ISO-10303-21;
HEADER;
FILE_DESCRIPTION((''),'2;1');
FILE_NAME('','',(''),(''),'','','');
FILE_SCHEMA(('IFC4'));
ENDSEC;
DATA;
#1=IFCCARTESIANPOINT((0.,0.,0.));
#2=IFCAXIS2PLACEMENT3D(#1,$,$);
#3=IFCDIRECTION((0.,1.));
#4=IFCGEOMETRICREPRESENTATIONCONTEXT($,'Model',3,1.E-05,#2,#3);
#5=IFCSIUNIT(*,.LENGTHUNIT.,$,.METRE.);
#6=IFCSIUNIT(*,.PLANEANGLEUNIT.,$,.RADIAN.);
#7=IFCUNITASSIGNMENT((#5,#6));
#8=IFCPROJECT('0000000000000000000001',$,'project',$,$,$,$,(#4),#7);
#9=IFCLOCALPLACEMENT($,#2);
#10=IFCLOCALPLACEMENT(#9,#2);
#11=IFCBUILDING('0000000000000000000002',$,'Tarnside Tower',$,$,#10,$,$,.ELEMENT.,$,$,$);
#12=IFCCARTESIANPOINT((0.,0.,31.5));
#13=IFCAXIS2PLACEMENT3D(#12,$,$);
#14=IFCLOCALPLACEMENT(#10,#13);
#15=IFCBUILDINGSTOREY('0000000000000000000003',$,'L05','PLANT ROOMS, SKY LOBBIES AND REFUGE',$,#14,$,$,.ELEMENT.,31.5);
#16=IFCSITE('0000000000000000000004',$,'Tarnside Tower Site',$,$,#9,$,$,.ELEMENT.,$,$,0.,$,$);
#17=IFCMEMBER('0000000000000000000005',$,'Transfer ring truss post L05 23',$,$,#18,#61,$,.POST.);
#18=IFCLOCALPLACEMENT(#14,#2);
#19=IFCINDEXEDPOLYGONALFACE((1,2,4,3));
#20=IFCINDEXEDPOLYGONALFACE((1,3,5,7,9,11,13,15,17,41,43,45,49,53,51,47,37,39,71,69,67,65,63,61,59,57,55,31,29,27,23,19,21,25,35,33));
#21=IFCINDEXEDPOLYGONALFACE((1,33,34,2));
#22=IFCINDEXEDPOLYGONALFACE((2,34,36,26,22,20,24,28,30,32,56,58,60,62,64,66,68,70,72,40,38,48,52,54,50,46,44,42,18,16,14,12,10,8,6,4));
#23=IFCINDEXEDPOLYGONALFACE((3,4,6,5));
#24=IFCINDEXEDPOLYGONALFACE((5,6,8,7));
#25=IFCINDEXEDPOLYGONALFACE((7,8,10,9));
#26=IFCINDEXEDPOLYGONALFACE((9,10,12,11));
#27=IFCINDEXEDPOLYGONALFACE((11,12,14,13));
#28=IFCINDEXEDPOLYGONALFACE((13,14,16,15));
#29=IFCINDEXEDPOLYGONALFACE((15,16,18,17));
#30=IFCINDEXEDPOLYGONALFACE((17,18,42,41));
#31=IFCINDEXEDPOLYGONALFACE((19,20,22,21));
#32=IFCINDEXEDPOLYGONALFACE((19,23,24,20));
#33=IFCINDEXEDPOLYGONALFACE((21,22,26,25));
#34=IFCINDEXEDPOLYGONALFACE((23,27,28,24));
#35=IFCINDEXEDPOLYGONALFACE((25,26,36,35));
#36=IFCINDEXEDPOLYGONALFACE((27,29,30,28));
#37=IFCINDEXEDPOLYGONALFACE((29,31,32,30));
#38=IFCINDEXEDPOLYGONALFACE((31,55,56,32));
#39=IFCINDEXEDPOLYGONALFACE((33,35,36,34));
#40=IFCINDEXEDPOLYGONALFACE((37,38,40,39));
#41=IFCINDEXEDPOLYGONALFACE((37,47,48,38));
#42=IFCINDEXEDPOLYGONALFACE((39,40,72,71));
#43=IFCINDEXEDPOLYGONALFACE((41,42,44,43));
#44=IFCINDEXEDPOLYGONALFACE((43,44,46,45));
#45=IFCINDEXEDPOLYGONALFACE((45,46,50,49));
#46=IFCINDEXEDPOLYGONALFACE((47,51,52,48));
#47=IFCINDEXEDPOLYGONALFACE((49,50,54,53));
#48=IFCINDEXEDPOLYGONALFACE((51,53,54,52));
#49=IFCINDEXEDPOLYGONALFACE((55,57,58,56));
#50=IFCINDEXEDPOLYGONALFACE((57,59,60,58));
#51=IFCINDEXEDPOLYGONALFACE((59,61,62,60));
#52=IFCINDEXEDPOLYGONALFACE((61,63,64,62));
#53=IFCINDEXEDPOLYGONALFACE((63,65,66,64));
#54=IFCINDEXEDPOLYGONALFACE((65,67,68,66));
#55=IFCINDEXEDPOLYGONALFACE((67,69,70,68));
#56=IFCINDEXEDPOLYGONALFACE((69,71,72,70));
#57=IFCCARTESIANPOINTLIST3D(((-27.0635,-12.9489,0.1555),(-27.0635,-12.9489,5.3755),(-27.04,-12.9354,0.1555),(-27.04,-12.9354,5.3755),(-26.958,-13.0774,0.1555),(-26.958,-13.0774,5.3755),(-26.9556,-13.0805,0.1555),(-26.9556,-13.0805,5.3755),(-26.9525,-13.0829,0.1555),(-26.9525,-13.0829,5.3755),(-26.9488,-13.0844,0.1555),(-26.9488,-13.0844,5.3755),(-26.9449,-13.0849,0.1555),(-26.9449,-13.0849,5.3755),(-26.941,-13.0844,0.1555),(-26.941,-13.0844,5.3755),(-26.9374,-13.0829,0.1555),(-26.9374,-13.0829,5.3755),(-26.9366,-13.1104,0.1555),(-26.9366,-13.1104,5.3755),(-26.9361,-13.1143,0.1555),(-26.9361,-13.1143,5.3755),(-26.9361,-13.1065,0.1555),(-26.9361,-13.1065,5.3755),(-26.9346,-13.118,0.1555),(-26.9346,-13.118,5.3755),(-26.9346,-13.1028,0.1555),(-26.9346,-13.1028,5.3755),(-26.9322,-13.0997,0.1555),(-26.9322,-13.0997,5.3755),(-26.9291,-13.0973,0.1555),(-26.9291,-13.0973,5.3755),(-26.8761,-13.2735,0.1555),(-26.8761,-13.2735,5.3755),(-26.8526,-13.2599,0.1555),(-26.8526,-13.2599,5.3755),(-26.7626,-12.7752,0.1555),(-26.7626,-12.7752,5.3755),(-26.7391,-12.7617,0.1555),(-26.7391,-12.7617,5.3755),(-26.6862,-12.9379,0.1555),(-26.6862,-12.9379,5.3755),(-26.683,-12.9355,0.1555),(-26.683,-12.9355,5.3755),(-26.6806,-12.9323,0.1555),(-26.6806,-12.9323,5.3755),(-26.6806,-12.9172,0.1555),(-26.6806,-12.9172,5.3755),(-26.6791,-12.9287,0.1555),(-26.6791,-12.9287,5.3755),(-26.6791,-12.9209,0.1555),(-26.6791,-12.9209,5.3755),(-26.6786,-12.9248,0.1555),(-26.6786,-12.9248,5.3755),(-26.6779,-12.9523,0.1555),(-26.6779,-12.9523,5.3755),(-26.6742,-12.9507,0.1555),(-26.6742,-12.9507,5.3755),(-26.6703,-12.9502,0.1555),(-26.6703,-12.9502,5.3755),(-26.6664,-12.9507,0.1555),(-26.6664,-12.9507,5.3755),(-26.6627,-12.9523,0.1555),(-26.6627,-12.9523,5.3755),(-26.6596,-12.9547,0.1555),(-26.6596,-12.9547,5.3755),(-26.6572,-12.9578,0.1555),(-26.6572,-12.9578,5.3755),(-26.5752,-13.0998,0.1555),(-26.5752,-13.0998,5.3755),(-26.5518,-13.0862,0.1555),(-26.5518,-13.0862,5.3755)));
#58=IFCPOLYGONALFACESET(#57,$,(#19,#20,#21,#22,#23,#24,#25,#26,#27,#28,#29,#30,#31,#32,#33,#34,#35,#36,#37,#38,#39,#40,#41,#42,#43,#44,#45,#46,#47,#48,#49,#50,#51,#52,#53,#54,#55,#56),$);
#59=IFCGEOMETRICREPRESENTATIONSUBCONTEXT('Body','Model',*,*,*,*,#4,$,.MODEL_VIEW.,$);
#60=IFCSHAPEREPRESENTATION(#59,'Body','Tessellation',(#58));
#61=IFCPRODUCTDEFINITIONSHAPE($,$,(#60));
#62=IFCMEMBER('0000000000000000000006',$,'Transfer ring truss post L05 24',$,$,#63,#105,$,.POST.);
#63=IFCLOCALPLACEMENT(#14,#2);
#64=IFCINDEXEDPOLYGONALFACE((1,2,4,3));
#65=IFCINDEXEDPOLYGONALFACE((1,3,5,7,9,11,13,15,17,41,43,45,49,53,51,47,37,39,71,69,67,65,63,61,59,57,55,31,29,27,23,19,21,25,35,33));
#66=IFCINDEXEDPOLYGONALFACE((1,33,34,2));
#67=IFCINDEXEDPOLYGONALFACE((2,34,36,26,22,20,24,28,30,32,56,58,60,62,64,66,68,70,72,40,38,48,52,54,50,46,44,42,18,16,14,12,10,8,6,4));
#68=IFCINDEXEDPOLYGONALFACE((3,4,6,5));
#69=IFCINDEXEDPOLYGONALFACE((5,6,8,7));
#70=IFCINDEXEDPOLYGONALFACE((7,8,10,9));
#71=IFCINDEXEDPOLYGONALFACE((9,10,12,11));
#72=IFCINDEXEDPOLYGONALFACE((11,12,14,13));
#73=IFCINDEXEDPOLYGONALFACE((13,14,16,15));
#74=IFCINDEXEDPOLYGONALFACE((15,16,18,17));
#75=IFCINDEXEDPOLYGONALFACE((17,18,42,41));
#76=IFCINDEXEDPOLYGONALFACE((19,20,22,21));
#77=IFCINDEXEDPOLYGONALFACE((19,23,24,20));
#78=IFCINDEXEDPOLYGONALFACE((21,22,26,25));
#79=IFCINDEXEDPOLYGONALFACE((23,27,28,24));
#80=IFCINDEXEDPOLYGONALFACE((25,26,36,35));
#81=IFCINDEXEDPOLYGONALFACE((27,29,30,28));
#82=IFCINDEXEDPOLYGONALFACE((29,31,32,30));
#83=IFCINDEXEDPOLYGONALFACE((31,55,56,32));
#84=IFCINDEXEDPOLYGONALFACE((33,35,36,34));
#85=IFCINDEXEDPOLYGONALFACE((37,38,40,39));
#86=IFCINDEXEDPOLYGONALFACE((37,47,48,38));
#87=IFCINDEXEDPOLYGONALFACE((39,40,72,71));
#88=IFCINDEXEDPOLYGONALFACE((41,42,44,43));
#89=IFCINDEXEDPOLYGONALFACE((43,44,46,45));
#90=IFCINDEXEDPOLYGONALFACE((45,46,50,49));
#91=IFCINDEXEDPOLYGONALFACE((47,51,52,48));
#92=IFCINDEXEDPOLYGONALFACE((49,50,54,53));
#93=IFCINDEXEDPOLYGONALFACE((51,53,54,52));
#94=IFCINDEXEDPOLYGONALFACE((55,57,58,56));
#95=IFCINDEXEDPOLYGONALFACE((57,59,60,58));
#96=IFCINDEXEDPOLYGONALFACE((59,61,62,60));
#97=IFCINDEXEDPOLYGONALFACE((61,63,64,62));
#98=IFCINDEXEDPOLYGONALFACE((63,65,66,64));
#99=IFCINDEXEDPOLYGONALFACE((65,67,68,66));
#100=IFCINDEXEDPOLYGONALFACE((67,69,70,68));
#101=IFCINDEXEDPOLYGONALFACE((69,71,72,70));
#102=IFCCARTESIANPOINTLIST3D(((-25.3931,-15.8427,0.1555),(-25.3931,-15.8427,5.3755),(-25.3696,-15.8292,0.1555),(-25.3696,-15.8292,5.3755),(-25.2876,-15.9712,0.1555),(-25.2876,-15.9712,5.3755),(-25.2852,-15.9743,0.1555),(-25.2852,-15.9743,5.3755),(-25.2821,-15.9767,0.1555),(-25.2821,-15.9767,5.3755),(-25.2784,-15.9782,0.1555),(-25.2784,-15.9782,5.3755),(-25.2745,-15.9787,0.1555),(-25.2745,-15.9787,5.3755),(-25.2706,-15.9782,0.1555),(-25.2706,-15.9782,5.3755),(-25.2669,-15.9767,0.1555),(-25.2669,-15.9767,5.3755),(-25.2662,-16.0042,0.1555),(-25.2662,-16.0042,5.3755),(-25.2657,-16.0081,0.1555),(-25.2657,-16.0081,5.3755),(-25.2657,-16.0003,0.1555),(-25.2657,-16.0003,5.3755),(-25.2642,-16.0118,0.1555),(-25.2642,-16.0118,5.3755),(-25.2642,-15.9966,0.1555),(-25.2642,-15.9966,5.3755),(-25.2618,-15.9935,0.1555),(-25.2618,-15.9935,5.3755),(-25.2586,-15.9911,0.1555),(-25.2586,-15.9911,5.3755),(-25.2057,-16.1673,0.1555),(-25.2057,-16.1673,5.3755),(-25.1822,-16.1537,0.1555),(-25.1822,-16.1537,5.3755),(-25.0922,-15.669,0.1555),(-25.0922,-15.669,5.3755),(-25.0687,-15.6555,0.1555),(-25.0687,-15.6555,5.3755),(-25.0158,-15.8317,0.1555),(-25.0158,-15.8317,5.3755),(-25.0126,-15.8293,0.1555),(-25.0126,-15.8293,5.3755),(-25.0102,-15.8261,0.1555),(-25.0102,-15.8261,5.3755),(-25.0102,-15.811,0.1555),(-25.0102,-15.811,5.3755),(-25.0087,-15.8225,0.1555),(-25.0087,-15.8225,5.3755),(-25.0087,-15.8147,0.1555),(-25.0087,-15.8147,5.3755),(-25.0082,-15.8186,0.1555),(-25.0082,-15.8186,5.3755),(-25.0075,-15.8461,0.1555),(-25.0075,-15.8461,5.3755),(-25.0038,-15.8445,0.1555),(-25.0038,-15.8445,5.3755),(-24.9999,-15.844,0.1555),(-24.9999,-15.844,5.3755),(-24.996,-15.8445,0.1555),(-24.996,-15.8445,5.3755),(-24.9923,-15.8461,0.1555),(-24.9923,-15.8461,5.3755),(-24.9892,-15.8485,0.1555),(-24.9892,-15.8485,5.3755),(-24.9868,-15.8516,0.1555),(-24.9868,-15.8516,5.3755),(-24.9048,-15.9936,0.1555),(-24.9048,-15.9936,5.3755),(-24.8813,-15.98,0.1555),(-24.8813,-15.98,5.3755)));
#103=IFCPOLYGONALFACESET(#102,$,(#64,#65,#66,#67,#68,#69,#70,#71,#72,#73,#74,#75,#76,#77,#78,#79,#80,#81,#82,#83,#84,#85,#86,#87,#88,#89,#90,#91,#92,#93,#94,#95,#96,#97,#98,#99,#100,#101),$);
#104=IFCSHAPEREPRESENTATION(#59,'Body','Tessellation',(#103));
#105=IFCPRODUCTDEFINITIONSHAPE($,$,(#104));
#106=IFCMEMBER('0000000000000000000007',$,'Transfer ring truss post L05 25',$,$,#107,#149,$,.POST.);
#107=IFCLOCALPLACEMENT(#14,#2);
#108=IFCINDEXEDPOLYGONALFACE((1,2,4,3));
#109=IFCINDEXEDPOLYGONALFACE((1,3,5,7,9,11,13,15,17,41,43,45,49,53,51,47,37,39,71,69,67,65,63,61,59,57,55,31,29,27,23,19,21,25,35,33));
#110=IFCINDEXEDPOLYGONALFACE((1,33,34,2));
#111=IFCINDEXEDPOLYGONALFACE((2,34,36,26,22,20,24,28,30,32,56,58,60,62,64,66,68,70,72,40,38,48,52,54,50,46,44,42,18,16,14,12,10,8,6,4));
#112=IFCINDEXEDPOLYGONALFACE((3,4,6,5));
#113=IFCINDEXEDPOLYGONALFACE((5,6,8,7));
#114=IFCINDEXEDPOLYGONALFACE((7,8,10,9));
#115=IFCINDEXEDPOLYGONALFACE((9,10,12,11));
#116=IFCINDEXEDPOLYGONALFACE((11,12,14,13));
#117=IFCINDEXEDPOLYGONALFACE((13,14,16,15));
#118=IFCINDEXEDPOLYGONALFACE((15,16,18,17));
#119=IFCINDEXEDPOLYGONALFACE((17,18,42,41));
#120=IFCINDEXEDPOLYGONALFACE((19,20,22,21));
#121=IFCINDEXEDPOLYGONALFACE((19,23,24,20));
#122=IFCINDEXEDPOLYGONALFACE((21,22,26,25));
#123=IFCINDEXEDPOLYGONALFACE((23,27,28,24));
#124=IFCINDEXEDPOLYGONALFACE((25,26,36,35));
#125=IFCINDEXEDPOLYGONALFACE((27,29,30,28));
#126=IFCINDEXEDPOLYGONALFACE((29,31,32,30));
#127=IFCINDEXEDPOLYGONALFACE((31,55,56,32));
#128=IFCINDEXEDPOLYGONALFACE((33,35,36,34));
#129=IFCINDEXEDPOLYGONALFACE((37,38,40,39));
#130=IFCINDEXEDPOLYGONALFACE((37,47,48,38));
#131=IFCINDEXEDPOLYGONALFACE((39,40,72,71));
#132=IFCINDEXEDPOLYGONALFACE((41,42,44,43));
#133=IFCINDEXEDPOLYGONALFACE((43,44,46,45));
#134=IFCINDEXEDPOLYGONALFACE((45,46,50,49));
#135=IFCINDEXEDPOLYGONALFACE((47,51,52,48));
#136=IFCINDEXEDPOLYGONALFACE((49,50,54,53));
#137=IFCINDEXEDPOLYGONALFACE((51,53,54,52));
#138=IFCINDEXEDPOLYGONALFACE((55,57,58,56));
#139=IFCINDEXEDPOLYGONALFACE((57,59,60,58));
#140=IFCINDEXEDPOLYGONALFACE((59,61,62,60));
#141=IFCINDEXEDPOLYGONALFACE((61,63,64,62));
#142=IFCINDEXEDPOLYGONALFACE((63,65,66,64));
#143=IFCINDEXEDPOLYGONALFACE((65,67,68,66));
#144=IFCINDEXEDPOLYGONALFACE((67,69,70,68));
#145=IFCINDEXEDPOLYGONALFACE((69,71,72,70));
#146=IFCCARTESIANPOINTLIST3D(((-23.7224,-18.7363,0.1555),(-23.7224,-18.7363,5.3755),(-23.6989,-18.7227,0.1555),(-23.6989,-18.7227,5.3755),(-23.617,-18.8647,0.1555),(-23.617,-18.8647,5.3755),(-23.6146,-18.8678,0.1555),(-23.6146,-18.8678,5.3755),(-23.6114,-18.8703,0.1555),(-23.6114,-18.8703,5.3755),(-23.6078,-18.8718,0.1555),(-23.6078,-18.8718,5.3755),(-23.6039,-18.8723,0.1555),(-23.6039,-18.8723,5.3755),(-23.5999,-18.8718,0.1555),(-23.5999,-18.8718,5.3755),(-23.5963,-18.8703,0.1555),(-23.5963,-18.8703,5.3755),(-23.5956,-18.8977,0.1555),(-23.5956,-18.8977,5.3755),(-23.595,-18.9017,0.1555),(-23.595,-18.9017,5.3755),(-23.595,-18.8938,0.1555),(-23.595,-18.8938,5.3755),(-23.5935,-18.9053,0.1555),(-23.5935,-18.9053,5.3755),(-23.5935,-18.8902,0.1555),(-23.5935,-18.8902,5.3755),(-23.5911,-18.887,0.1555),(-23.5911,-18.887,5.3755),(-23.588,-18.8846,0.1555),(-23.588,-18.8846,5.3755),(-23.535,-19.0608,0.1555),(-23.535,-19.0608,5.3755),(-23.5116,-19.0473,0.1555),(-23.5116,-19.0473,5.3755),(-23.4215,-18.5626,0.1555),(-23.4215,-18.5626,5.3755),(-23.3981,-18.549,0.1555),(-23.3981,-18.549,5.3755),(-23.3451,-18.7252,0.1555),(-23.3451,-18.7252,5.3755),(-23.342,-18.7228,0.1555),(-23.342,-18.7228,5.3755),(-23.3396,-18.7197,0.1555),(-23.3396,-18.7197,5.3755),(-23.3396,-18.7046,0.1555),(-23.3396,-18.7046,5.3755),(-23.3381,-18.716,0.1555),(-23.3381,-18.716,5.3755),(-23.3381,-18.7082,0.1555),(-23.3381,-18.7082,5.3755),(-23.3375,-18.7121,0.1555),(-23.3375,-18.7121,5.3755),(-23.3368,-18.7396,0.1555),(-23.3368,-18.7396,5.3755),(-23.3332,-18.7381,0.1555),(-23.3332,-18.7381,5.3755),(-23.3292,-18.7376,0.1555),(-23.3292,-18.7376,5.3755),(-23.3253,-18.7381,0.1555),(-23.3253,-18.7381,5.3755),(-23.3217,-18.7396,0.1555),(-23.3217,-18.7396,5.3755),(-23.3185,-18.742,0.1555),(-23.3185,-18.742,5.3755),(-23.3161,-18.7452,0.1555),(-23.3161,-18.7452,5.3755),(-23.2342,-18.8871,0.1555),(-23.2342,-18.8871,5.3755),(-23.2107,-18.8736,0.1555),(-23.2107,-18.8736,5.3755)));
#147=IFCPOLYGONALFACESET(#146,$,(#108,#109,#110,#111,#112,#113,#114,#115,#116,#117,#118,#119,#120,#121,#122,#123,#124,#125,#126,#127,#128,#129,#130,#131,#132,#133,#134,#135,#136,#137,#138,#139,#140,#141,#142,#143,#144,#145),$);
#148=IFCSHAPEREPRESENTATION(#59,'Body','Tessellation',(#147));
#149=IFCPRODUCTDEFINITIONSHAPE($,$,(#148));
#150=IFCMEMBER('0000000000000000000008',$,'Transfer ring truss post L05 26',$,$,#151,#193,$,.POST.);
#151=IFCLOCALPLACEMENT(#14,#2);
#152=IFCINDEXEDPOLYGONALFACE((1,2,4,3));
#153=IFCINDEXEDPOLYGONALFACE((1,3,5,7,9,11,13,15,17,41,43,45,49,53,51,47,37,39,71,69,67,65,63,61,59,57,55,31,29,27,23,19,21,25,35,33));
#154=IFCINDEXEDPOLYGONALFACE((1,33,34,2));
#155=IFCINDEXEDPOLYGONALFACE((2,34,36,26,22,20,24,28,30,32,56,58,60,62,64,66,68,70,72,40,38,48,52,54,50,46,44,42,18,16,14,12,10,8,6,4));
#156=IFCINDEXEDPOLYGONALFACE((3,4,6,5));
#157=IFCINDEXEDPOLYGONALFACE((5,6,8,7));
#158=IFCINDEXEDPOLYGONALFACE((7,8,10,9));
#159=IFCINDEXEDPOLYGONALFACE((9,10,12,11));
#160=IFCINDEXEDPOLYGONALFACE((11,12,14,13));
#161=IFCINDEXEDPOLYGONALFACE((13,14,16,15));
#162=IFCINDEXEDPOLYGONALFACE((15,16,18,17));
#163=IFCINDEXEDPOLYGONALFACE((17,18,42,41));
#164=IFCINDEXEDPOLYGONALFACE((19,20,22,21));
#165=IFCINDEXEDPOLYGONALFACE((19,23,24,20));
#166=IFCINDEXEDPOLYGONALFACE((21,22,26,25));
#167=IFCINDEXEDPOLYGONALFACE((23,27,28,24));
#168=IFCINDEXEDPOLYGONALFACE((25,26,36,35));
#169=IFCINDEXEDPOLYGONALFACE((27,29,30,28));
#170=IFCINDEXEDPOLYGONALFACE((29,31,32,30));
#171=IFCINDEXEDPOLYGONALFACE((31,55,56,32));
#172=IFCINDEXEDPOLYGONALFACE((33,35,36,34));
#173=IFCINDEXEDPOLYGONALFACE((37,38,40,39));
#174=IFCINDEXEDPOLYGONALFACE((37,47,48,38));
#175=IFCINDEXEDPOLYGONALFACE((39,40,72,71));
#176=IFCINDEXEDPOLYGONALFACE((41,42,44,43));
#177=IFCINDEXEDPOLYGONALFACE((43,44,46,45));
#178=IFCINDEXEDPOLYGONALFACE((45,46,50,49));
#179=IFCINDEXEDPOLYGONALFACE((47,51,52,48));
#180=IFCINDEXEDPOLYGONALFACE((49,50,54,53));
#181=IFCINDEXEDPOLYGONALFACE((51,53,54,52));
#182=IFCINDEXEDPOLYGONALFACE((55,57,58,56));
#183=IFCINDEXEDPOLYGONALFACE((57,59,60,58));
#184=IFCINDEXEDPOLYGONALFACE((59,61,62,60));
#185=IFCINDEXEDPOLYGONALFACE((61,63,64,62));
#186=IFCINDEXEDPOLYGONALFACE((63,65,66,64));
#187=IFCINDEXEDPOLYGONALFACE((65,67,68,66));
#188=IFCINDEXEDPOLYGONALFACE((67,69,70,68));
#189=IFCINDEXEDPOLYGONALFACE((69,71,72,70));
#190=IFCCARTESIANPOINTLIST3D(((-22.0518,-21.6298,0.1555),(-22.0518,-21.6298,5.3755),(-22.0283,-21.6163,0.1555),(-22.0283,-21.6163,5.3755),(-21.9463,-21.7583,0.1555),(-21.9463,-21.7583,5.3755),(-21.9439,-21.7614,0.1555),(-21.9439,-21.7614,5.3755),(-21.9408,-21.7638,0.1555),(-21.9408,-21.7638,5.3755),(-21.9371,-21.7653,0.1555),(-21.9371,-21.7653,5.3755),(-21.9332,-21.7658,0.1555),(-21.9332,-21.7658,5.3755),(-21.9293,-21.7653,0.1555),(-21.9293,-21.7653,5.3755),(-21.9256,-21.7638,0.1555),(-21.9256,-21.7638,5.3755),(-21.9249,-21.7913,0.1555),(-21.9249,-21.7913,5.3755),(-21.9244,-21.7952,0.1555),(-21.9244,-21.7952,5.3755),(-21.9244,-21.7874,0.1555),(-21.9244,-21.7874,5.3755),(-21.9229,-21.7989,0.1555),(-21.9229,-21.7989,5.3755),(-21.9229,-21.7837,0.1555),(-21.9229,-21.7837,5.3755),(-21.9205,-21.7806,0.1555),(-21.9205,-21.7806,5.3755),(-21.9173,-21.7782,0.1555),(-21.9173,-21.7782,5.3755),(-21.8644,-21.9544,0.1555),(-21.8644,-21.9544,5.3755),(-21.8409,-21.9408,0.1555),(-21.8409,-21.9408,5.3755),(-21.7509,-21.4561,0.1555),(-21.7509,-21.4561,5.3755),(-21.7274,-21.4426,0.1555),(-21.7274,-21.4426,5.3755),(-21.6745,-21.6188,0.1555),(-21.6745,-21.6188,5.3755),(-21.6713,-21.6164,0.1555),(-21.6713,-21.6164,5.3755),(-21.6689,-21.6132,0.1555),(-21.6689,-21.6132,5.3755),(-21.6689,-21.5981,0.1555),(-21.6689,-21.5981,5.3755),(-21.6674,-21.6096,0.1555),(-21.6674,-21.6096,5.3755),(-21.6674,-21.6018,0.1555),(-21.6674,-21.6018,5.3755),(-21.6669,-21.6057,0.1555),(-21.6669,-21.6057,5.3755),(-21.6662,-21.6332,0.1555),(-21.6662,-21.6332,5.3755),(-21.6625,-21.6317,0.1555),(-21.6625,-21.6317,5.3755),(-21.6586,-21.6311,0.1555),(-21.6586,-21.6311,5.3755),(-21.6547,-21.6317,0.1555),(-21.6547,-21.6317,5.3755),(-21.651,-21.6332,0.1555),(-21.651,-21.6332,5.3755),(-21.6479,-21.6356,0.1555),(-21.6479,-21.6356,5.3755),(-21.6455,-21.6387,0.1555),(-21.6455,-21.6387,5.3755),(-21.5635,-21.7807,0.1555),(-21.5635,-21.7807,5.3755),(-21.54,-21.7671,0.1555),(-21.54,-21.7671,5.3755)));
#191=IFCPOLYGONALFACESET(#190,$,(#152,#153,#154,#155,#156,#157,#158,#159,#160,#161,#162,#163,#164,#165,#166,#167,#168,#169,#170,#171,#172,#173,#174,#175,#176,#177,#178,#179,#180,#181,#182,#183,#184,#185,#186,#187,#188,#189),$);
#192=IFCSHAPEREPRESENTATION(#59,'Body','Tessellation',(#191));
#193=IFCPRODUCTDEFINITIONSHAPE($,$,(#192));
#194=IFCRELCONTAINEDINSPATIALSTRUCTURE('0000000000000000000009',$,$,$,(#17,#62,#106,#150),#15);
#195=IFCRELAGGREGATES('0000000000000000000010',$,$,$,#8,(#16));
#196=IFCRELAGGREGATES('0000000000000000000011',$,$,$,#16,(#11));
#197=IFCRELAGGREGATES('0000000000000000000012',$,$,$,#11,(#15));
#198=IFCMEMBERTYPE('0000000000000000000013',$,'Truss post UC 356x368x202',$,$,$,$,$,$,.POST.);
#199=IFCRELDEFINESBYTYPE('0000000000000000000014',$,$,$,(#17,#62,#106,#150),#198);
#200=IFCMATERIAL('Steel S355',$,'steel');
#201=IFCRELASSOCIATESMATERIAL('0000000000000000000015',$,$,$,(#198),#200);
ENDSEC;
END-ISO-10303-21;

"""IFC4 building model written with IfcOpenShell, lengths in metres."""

from ifc_helpers import new_model, si_unit, direction, frame, origin, origin_2d, place, context, subcontext, project, spatial, i_section, extrude, material, material_profile, profile_set, type_object, element, save


model = new_model("IFC4")

# Units and contexts
model_context = context("Model", 3, precision=1e-05, world=origin(), true_north=direction((0.0, 1.0)))
body_context = subcontext(model_context, "Body", "Model", "MODEL_VIEW")
ifc_project = project(units=[si_unit("LENGTHUNIT", "METRE"), si_unit("PLANEANGLEUNIT", "RADIAN")], contexts=[model_context])

# Site, building, storey
site_placement = place(None, origin())
site = spatial("IfcSite", under=ifc_project, at=site_placement, Name="Tarnside Tower Site", CompositionType="ELEMENT", RefElevation=0.0)
building_placement = place(site_placement, origin())
building = spatial("IfcBuilding", under=site, at=building_placement, Name="Tarnside Tower", CompositionType="ELEMENT")
storey_placement = place(building_placement, frame((0.0, 0.0, 31.5)))
storey = spatial("IfcBuildingStorey", under=building, at=storey_placement, Name="L05", Description="PLANT ROOMS, SKY LOBBIES AND REFUGE", CompositionType="ELEMENT", Elevation=31.5)

# Shared definitions
ifc_material_1 = material(Name="Steel S355", Category="steel")

# Members
ifc_material_profile_1 = material_profile(ifc_material_1, i_section(OverallWidth=0.3748, OverallDepth=0.3745, WebThickness=0.0166, FlangeThickness=0.0271, FilletRadius=0.0151, at=origin_2d()), Name="UC 356x368x202")
ifc_profile_set_1 = profile_set([ifc_material_profile_1], Name="Steel S355")
member_type_1 = type_object("IfcMemberType", Name="Truss post UC 356x368x202", PredefinedType="POST", material=ifc_profile_set_1)
for number, where, z_axis, x_axis, name in (
    (1, (-26.8076, -13.0176, 0.1555), (0.0, 0.0, 1.0), (0.5, -0.866025, 0.0), "Transfer ring truss post L05 23"),
    (2, (-25.1372, -15.9114, 0.1555), (0.0, 0.0, 1.0), (0.5, -0.866025, 0.0), "Transfer ring truss post L05 24"),
    (3, (-23.4666, -18.8049, 0.1555), (0.0, 0.0, 1.0), (0.5, -0.866025, 0.0), "Transfer ring truss post L05 25"),
    (4, (-21.7959, -21.6985, 0.1555), (0.0, 0.0, 1.0), (0.5, -0.866025, 0.0), "Transfer ring truss post L05 26"),
):
    element("IfcMember", number, at=place(storey_placement, frame(where, z_axis=z_axis, x_axis=x_axis)), inside=storey, type_object=member_type_1, Name=name, PredefinedType="POST", context=body_context, shape_type="SweptSolid", body=[
        extrude(i_section(OverallWidth=0.3748, OverallDepth=0.3745, WebThickness=0.0166, FlangeThickness=0.0271, FilletRadius=0.0151, at=origin_2d()), origin(), (0.0, 0.0, 1.0), 5.22),
    ])

save(model, "model.ifc")
